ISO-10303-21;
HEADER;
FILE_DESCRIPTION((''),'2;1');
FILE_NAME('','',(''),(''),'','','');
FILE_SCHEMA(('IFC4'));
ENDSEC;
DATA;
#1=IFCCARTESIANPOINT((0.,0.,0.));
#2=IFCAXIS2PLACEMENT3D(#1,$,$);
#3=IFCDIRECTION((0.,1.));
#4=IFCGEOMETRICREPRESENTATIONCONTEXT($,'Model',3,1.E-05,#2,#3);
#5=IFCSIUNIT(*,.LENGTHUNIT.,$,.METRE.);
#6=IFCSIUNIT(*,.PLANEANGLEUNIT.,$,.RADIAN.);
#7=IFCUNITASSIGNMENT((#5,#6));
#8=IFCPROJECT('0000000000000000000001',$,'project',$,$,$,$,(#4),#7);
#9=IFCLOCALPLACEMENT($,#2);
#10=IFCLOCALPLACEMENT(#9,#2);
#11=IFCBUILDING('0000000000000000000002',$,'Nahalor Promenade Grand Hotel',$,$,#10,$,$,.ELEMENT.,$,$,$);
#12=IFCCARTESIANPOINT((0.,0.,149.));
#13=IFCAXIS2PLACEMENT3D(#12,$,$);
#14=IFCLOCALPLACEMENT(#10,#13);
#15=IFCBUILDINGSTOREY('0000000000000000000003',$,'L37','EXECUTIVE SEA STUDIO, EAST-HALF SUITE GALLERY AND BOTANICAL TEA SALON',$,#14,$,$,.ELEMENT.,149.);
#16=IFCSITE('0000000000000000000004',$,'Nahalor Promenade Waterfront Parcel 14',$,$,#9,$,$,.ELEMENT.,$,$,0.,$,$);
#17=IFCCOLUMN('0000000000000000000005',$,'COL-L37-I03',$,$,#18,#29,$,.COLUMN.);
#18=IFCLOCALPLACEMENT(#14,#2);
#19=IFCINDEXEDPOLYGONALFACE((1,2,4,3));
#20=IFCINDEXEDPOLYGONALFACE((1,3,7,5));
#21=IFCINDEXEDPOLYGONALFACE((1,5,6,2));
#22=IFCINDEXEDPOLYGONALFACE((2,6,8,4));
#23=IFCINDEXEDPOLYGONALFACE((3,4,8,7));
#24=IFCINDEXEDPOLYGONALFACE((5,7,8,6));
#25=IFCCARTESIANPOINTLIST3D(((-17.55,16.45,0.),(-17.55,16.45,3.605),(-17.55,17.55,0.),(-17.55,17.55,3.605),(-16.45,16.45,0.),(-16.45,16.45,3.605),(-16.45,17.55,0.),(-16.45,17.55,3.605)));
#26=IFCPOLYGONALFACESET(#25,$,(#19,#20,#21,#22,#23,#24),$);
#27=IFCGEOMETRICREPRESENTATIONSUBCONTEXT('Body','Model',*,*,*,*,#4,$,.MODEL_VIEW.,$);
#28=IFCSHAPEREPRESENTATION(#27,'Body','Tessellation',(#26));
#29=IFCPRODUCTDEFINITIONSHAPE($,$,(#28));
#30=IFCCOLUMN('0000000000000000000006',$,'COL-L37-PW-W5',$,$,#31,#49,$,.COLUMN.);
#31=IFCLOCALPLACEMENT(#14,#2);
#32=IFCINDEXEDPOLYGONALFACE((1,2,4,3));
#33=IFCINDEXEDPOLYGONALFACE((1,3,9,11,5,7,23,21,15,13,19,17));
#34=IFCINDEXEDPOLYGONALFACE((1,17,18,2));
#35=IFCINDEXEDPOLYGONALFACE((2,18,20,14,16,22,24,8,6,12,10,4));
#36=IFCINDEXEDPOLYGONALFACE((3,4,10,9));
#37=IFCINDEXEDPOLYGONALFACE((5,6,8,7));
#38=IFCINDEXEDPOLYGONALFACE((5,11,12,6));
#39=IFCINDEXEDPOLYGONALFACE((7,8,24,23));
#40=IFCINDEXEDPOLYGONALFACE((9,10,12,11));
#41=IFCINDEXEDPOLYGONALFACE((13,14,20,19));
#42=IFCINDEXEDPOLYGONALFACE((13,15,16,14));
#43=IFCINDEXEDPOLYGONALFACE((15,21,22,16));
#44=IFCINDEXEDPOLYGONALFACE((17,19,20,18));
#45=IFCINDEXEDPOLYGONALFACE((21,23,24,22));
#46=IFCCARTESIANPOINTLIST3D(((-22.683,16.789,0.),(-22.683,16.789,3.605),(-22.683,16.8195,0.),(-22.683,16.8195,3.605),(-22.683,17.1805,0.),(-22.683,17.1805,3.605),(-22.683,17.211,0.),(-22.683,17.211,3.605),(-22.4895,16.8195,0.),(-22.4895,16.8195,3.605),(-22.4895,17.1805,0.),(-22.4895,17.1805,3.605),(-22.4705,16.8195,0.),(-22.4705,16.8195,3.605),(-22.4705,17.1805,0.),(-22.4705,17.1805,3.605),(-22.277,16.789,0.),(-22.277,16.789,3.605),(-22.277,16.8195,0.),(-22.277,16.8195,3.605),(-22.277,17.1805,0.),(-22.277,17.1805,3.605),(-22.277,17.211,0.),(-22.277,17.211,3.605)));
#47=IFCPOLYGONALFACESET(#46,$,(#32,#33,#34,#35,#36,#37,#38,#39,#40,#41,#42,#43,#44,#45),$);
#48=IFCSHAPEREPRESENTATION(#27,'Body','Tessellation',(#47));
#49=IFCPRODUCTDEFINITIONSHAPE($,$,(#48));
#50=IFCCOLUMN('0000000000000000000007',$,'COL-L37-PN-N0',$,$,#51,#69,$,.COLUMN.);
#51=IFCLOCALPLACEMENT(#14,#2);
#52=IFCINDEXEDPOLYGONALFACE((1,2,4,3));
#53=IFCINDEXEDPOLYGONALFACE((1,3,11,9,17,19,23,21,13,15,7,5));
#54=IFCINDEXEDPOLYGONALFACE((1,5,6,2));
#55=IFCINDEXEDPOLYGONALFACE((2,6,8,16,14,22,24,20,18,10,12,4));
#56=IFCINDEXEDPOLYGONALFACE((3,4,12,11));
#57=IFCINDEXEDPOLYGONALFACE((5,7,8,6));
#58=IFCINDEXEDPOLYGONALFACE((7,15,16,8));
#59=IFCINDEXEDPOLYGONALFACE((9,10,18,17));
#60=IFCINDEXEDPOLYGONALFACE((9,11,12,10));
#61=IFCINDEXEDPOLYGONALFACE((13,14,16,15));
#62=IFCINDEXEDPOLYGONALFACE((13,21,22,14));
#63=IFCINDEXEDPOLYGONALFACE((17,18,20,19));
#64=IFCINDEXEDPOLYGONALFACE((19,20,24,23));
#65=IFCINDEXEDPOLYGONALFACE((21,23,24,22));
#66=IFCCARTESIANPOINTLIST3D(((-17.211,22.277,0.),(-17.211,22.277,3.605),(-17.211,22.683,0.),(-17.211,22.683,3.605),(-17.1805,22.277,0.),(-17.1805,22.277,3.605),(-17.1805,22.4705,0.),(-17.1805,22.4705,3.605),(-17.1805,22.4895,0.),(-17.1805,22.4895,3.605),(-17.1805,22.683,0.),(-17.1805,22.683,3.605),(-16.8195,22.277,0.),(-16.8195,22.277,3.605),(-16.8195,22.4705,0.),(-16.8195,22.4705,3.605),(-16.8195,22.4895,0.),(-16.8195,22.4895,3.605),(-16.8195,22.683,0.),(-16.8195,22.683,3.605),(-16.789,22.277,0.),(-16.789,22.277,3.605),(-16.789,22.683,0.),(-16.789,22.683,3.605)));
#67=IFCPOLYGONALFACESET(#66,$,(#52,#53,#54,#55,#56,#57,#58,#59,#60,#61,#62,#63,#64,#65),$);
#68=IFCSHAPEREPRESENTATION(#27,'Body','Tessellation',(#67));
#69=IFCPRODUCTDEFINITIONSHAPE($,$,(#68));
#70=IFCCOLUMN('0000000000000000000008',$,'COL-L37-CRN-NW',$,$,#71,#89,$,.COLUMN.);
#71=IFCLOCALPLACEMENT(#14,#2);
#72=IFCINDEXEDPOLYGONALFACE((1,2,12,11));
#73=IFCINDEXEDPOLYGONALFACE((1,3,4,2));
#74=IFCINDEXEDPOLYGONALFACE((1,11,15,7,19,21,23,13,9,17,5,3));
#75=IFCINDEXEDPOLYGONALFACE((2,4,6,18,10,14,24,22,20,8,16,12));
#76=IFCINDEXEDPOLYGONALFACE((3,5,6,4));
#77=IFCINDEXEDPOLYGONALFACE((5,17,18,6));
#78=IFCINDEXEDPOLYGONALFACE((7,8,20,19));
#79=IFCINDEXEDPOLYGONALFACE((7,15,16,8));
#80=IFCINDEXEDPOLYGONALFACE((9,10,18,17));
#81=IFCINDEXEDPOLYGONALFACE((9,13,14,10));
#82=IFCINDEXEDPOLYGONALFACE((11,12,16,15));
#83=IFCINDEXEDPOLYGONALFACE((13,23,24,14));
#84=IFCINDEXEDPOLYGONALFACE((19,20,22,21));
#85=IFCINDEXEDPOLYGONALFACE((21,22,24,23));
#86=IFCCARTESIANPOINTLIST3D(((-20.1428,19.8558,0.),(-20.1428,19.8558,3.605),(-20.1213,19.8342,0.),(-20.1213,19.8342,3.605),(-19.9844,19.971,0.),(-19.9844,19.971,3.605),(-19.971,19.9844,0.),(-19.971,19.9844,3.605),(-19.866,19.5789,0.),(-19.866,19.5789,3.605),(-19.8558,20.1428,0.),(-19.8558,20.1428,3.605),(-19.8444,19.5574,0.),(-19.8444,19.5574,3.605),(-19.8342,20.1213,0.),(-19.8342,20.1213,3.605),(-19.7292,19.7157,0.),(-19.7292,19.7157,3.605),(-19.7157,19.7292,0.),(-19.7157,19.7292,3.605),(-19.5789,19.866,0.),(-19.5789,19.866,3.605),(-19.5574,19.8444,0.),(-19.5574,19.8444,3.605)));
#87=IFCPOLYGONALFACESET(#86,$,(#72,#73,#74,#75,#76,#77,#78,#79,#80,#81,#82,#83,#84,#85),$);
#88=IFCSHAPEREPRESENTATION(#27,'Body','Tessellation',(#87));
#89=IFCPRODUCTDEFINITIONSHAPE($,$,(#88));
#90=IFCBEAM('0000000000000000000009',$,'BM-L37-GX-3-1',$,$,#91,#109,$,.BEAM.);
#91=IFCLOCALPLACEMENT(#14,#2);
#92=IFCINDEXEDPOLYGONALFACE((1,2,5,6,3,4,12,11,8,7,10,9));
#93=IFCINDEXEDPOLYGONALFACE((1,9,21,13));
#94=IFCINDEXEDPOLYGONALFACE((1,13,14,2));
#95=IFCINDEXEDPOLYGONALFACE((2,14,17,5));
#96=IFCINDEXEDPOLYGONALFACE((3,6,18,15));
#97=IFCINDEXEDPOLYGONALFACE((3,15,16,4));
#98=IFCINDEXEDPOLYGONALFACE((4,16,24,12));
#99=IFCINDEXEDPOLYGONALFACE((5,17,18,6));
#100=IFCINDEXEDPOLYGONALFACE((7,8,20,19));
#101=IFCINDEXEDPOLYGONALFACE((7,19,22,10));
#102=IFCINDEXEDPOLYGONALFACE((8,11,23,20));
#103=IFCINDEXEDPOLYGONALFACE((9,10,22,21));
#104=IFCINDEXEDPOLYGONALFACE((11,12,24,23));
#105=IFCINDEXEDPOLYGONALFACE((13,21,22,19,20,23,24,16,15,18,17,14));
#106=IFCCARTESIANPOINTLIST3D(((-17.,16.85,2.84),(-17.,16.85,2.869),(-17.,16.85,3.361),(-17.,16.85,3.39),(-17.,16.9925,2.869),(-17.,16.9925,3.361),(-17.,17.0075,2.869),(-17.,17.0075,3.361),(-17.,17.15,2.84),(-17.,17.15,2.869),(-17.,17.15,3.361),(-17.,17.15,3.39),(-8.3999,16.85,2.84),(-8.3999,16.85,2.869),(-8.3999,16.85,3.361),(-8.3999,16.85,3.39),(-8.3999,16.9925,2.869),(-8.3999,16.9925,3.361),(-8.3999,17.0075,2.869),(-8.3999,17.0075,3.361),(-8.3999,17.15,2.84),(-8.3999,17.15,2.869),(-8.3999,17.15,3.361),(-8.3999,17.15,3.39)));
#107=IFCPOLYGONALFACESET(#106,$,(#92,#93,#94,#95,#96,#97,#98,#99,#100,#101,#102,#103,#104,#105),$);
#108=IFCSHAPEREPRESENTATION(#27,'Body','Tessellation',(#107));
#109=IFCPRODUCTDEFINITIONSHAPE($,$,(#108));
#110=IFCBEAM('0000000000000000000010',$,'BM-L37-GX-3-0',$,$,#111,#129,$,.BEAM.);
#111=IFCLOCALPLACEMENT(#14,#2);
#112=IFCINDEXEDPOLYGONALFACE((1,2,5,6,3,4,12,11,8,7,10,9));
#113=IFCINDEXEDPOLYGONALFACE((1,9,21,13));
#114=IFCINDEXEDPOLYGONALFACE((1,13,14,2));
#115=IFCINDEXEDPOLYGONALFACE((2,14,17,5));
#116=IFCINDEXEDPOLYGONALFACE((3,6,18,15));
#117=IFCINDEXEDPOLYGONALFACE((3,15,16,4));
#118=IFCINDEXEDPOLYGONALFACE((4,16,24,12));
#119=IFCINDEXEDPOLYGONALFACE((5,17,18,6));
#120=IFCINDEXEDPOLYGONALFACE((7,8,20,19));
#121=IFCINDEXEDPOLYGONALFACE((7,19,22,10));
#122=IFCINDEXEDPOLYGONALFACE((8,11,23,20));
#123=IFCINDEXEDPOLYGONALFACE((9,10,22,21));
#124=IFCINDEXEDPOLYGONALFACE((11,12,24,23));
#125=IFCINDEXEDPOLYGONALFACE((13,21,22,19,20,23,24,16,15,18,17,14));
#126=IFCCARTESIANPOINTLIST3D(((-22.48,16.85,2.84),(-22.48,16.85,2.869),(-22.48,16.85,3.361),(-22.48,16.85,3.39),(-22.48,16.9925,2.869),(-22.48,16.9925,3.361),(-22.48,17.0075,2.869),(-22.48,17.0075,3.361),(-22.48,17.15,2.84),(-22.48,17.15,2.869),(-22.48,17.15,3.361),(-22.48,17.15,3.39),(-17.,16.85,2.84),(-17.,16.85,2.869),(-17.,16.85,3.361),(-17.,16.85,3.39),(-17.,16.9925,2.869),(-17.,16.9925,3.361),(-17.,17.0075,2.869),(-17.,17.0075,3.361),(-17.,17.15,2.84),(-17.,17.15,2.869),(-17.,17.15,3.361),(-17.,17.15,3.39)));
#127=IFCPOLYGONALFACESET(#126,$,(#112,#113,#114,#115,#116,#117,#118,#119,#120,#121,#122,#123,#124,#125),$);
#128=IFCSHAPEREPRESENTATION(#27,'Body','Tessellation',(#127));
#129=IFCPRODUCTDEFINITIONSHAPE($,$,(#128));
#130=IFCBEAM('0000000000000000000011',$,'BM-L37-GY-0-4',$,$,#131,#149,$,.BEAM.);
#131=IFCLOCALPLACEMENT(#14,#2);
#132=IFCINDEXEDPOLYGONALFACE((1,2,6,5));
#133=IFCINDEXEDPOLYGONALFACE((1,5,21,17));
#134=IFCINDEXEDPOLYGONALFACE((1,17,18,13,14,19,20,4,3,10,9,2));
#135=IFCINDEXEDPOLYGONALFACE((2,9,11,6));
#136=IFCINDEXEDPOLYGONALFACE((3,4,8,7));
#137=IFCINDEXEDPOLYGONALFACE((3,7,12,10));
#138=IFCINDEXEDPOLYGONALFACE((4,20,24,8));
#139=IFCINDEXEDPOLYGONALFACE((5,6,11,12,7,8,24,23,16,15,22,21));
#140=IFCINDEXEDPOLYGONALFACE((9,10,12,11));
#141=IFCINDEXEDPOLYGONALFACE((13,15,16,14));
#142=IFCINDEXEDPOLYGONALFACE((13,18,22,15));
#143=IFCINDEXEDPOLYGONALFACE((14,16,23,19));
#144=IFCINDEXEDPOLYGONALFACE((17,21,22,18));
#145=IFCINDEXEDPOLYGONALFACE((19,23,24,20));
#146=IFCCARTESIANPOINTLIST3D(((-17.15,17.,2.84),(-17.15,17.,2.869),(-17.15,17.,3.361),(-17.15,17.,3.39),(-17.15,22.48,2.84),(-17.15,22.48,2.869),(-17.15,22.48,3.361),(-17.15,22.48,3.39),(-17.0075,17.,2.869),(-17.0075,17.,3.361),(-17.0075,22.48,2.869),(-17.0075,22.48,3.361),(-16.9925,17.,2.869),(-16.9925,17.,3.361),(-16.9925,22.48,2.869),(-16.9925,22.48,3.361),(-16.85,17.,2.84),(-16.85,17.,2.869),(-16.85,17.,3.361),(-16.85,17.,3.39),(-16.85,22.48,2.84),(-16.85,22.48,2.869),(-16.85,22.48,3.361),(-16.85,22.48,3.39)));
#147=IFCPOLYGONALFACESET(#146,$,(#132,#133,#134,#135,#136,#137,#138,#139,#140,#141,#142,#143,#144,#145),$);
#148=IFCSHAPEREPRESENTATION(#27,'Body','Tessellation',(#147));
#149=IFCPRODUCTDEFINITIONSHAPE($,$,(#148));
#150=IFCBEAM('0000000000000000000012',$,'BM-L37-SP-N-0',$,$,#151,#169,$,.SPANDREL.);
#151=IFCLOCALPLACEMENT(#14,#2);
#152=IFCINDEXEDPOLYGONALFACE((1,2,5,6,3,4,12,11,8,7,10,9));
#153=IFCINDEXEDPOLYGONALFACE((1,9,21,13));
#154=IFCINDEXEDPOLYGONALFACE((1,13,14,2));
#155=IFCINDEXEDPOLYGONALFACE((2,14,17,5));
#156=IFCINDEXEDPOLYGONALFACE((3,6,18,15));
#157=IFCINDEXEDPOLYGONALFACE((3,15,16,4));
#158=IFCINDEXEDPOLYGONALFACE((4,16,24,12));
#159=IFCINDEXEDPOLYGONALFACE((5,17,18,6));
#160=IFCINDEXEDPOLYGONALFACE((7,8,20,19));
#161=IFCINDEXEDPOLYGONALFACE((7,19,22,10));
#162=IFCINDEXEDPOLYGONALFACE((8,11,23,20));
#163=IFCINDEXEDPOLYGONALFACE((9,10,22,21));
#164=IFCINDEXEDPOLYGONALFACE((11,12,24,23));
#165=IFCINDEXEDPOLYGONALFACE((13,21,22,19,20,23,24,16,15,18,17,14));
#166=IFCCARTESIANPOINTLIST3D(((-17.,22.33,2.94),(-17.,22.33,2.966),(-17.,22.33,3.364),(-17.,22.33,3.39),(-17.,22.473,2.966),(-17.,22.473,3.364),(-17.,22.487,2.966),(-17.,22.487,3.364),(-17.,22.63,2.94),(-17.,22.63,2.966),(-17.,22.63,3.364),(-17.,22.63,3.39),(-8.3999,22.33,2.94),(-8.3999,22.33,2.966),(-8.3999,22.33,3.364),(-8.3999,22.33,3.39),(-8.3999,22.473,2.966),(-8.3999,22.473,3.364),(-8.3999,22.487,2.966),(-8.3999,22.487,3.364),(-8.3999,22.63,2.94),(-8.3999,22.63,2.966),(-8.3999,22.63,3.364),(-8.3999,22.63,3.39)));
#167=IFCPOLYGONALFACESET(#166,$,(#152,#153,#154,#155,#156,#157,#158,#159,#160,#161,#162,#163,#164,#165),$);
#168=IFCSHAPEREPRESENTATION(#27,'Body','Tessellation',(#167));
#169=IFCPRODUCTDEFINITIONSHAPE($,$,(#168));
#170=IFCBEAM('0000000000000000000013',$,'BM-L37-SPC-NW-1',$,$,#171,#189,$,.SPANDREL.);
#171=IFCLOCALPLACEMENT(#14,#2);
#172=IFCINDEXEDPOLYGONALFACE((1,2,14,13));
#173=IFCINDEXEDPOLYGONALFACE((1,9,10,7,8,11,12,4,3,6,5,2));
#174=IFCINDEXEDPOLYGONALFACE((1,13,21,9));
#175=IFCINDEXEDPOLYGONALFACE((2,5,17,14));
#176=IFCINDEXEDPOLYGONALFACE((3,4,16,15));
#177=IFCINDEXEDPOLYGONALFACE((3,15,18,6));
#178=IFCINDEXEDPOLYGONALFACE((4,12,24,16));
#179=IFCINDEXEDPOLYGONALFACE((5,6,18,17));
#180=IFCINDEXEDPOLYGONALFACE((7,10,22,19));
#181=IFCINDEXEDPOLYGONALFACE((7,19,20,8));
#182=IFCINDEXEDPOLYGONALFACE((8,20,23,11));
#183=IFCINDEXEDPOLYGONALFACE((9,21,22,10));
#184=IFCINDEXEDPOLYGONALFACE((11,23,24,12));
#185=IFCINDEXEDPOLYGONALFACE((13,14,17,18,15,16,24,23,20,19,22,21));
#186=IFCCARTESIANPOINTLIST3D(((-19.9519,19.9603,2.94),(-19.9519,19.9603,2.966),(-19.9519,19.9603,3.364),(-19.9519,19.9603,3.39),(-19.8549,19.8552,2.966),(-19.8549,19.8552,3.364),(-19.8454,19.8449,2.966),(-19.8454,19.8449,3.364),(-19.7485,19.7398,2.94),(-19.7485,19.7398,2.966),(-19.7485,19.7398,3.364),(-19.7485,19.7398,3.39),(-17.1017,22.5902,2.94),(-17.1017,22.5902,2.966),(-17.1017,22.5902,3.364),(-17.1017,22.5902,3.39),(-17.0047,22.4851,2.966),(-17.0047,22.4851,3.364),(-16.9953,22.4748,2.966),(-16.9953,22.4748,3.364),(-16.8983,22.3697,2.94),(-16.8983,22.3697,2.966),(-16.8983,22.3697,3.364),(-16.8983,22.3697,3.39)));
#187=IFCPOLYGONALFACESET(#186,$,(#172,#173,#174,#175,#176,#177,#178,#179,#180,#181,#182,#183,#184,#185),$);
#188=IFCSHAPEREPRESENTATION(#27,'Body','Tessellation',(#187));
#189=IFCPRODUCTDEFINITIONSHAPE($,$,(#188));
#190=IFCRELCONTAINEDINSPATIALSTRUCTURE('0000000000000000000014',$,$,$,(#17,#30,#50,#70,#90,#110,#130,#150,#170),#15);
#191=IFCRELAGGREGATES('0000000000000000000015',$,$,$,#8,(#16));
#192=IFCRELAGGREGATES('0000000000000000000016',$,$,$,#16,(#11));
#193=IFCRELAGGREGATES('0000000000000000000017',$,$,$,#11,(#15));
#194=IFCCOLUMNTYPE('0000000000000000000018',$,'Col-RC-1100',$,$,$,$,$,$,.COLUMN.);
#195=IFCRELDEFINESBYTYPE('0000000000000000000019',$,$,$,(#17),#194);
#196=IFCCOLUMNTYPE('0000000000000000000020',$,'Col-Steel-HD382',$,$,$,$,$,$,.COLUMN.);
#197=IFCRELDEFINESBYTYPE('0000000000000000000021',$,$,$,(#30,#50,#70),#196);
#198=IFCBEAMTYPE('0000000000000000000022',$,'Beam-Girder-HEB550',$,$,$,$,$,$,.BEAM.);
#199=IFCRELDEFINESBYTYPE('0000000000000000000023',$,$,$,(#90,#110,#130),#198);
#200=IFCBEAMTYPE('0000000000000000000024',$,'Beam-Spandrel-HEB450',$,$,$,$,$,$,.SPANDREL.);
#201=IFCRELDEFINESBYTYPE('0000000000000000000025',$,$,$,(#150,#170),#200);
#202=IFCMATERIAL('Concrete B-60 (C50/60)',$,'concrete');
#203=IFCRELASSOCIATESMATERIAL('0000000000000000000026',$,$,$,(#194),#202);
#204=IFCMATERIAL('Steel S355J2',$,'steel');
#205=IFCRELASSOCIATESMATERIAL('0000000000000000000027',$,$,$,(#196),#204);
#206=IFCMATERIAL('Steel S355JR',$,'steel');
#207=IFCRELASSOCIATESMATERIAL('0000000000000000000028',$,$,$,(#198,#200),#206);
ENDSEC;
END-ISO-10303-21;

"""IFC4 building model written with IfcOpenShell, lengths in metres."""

from ifc_helpers import new_model, si_unit, direction, frame, origin, origin_2d, place, context, subcontext, project, spatial, rectangle, i_section, extrude, source, transform, mapped, material, material_profile, profile_set, type_object, element, save


model = new_model("IFC4")

# Units and contexts
model_context = context("Model", 3, precision=1e-05, world=origin(), true_north=direction((0.0, 1.0)))
body_context = subcontext(model_context, "Body", "Model", "MODEL_VIEW")
ifc_project = project(units=[si_unit("LENGTHUNIT", "METRE"), si_unit("PLANEANGLEUNIT", "RADIAN")], contexts=[model_context])

# Site, building, storey
site_placement = place(None, origin())
site = spatial("IfcSite", under=ifc_project, at=site_placement, Name="Nahalor Promenade Waterfront Parcel 14", CompositionType="ELEMENT", RefElevation=0.0)
building_placement = place(site_placement, origin())
building = spatial("IfcBuilding", under=site, at=building_placement, Name="Nahalor Promenade Grand Hotel", CompositionType="ELEMENT")
storey_placement = place(building_placement, frame((0.0, 0.0, 149.0)))
storey = spatial("IfcBuildingStorey", under=building, at=storey_placement, Name="L37", Description="EXECUTIVE SEA STUDIO, EAST-HALF SUITE GALLERY AND BOTANICAL TEA SALON", CompositionType="ELEMENT", Elevation=149.0)

# Columns
ifc_material_1 = material(Name="Concrete B-60 (C50/60)", Category="concrete")
ifc_material_profile_1 = material_profile(ifc_material_1, rectangle(XDim=1.1, YDim=1.1, at=origin_2d()), Name="RC 1100x1100")
ifc_profile_set_1 = profile_set([ifc_material_profile_1], Name="Concrete B-60 (C50/60)")
column_type_1 = type_object("IfcColumnType", Name="Col-RC-1100", PredefinedType="COLUMN", material=ifc_profile_set_1)
shared_shape_1 = source(origin(), body_context, "Body", "SweptSolid", [
    extrude(rectangle(XDim=1.1, YDim=1.1, at=origin_2d()), origin(), (0.0, 0.0, 1.0), 3.605),
])
column_placement = place(storey_placement, frame((-17.0, 17.0, 0.0), z_axis=(0.0, 0.0, 1.0), x_axis=(1.0, 0.0, 0.0)))
element("IfcColumn", 1, at=column_placement, inside=storey, type_object=column_type_1, Name="COL-L37-I03", PredefinedType="COLUMN", context=body_context, shape_type="MappedRepresentation", body=[
    mapped(shared_shape_1, transform((0.0, 0.0, 0.0), scale=1.0)),
])
ifc_material_2 = material(Name="Steel S355J2", Category="steel")
ifc_material_profile_2 = material_profile(ifc_material_2, i_section(OverallWidth=0.406, OverallDepth=0.422, WebThickness=0.019, FlangeThickness=0.0305, at=origin_2d()), Name="HD 400x382")
ifc_profile_set_2 = profile_set([ifc_material_profile_2], Name="Steel S355J2")
column_type_2 = type_object("IfcColumnType", Name="Col-Steel-HD382", PredefinedType="COLUMN", material=ifc_profile_set_2)
shared_shape_2 = source(origin(), body_context, "Body", "SweptSolid", [
    extrude(i_section(OverallWidth=0.406, OverallDepth=0.422, WebThickness=0.019, FlangeThickness=0.0305, at=origin_2d()), origin(), (0.0, 0.0, 1.0), 3.605),
])
for number, where, z_axis, x_axis, name in (
    (2, (-22.48, 17.0, 0.0), (0.0, 0.0, 1.0), (1.0, 0.0, 0.0), "COL-L37-PW-W5"),
    (3, (-17.0, 22.48, 0.0), (0.0, 0.0, 1.0), (0.0, 1.0, 0.0), "COL-L37-PN-N0"),
    (4, (-19.8501, 19.8501, 0.0), (0.0, 0.0, 1.0), (0.707107, 0.707107, 0.0), "COL-L37-CRN-NW"),
):
    element("IfcColumn", number, at=place(storey_placement, frame(where, z_axis=z_axis, x_axis=x_axis)), inside=storey, type_object=column_type_2, Name=name, PredefinedType="COLUMN", context=body_context, shape_type="MappedRepresentation", body=[
        mapped(shared_shape_2, transform((0.0, 0.0, 0.0), scale=1.0)),
    ])

# Beams
ifc_material_3 = material(Name="Steel S355JR", Category="steel")
ifc_material_profile_3 = material_profile(ifc_material_3, i_section(OverallWidth=0.3, OverallDepth=0.55, WebThickness=0.015, FlangeThickness=0.029, at=origin_2d()), Name="HEB 550")
ifc_profile_set_3 = profile_set([ifc_material_profile_3], Name="Steel S355JR")
beam_type_1 = type_object("IfcBeamType", Name="Beam-Girder-HEB550", PredefinedType="BEAM", material=ifc_profile_set_3)
shared_shape_3 = source(origin(), body_context, "Body", "SweptSolid", [
    extrude(i_section(OverallWidth=0.3, OverallDepth=0.55, WebThickness=0.015, FlangeThickness=0.029, at=origin_2d()), origin(), (0.0, 0.0, 1.0), 8.6001),
])
beam_1_placement = place(storey_placement, frame((-17.0, 17.0, 3.115), z_axis=(1.0, 0.0, 0.0), x_axis=(0.0, 1.0, 0.0)))
element("IfcBeam", 5, at=beam_1_placement, inside=storey, type_object=beam_type_1, Name="BM-L37-GX-3-1", PredefinedType="BEAM", context=body_context, shape_type="MappedRepresentation", body=[
    mapped(shared_shape_3, transform((0.0, 0.0, 0.0), scale=1.0)),
])
shared_shape_4 = source(origin(), body_context, "Body", "SweptSolid", [
    extrude(i_section(OverallWidth=0.3, OverallDepth=0.55, WebThickness=0.015, FlangeThickness=0.029, at=origin_2d()), origin(), (0.0, 0.0, 1.0), 5.48),
])
for number, where, z_axis, x_axis, name in (
    (6, (-22.48, 17.0, 3.115), (1.0, 0.0, 0.0), (0.0, 1.0, 0.0), "BM-L37-GX-3-0"),
    (7, (-17.0, 17.0, 3.115), (0.0, 1.0, 0.0), (-1.0, 0.0, 0.0), "BM-L37-GY-0-4"),
):
    element("IfcBeam", number, at=place(storey_placement, frame(where, z_axis=z_axis, x_axis=x_axis)), inside=storey, type_object=beam_type_1, Name=name, PredefinedType="BEAM", context=body_context, shape_type="MappedRepresentation", body=[
        mapped(shared_shape_4, transform((0.0, 0.0, 0.0), scale=1.0)),
    ])
ifc_material_profile_4 = material_profile(ifc_material_3, i_section(OverallWidth=0.3, OverallDepth=0.45, WebThickness=0.014, FlangeThickness=0.026, at=origin_2d()), Name="HEB 450")
ifc_profile_set_4 = profile_set([ifc_material_profile_4], Name="Steel S355JR")
beam_type_2 = type_object("IfcBeamType", Name="Beam-Spandrel-HEB450", PredefinedType="SPANDREL", material=ifc_profile_set_4)
shared_shape_5 = source(origin(), body_context, "Body", "SweptSolid", [
    extrude(i_section(OverallWidth=0.3, OverallDepth=0.45, WebThickness=0.014, FlangeThickness=0.026, at=origin_2d()), origin(), (0.0, 0.0, 1.0), 8.6001),
])
beam_2_placement = place(storey_placement, frame((-17.0, 22.48, 3.165), z_axis=(1.0, 0.0, 0.0), x_axis=(0.0, 1.0, 0.0)))
element("IfcBeam", 8, at=beam_2_placement, inside=storey, type_object=beam_type_2, Name="BM-L37-SP-N-0", PredefinedType="SPANDREL", context=body_context, shape_type="MappedRepresentation", body=[
    mapped(shared_shape_5, transform((0.0, 0.0, 0.0), scale=1.0)),
])
shared_shape_6 = source(origin(), body_context, "Body", "SweptSolid", [
    extrude(i_section(OverallWidth=0.3, OverallDepth=0.45, WebThickness=0.014, FlangeThickness=0.026, at=origin_2d()), origin(), (0.0, 0.0, 1.0), 3.8782),
])
for number, where, z_axis, x_axis, name in (
    (9, (-17.0, 22.48, 3.165), (-0.734929, -0.678144, 0.0), (0.678144, -0.734929, 0.0), "BM-L37-SPC-NW-1"),
):
    element("IfcBeam", number, at=place(storey_placement, frame(where, z_axis=z_axis, x_axis=x_axis)), inside=storey, type_object=beam_type_2, Name=name, PredefinedType="SPANDREL", context=body_context, shape_type="MappedRepresentation", body=[
        mapped(shared_shape_6, transform((0.0, 0.0, 0.0), scale=1.0)),
    ])

save(model, "model.ifc")
